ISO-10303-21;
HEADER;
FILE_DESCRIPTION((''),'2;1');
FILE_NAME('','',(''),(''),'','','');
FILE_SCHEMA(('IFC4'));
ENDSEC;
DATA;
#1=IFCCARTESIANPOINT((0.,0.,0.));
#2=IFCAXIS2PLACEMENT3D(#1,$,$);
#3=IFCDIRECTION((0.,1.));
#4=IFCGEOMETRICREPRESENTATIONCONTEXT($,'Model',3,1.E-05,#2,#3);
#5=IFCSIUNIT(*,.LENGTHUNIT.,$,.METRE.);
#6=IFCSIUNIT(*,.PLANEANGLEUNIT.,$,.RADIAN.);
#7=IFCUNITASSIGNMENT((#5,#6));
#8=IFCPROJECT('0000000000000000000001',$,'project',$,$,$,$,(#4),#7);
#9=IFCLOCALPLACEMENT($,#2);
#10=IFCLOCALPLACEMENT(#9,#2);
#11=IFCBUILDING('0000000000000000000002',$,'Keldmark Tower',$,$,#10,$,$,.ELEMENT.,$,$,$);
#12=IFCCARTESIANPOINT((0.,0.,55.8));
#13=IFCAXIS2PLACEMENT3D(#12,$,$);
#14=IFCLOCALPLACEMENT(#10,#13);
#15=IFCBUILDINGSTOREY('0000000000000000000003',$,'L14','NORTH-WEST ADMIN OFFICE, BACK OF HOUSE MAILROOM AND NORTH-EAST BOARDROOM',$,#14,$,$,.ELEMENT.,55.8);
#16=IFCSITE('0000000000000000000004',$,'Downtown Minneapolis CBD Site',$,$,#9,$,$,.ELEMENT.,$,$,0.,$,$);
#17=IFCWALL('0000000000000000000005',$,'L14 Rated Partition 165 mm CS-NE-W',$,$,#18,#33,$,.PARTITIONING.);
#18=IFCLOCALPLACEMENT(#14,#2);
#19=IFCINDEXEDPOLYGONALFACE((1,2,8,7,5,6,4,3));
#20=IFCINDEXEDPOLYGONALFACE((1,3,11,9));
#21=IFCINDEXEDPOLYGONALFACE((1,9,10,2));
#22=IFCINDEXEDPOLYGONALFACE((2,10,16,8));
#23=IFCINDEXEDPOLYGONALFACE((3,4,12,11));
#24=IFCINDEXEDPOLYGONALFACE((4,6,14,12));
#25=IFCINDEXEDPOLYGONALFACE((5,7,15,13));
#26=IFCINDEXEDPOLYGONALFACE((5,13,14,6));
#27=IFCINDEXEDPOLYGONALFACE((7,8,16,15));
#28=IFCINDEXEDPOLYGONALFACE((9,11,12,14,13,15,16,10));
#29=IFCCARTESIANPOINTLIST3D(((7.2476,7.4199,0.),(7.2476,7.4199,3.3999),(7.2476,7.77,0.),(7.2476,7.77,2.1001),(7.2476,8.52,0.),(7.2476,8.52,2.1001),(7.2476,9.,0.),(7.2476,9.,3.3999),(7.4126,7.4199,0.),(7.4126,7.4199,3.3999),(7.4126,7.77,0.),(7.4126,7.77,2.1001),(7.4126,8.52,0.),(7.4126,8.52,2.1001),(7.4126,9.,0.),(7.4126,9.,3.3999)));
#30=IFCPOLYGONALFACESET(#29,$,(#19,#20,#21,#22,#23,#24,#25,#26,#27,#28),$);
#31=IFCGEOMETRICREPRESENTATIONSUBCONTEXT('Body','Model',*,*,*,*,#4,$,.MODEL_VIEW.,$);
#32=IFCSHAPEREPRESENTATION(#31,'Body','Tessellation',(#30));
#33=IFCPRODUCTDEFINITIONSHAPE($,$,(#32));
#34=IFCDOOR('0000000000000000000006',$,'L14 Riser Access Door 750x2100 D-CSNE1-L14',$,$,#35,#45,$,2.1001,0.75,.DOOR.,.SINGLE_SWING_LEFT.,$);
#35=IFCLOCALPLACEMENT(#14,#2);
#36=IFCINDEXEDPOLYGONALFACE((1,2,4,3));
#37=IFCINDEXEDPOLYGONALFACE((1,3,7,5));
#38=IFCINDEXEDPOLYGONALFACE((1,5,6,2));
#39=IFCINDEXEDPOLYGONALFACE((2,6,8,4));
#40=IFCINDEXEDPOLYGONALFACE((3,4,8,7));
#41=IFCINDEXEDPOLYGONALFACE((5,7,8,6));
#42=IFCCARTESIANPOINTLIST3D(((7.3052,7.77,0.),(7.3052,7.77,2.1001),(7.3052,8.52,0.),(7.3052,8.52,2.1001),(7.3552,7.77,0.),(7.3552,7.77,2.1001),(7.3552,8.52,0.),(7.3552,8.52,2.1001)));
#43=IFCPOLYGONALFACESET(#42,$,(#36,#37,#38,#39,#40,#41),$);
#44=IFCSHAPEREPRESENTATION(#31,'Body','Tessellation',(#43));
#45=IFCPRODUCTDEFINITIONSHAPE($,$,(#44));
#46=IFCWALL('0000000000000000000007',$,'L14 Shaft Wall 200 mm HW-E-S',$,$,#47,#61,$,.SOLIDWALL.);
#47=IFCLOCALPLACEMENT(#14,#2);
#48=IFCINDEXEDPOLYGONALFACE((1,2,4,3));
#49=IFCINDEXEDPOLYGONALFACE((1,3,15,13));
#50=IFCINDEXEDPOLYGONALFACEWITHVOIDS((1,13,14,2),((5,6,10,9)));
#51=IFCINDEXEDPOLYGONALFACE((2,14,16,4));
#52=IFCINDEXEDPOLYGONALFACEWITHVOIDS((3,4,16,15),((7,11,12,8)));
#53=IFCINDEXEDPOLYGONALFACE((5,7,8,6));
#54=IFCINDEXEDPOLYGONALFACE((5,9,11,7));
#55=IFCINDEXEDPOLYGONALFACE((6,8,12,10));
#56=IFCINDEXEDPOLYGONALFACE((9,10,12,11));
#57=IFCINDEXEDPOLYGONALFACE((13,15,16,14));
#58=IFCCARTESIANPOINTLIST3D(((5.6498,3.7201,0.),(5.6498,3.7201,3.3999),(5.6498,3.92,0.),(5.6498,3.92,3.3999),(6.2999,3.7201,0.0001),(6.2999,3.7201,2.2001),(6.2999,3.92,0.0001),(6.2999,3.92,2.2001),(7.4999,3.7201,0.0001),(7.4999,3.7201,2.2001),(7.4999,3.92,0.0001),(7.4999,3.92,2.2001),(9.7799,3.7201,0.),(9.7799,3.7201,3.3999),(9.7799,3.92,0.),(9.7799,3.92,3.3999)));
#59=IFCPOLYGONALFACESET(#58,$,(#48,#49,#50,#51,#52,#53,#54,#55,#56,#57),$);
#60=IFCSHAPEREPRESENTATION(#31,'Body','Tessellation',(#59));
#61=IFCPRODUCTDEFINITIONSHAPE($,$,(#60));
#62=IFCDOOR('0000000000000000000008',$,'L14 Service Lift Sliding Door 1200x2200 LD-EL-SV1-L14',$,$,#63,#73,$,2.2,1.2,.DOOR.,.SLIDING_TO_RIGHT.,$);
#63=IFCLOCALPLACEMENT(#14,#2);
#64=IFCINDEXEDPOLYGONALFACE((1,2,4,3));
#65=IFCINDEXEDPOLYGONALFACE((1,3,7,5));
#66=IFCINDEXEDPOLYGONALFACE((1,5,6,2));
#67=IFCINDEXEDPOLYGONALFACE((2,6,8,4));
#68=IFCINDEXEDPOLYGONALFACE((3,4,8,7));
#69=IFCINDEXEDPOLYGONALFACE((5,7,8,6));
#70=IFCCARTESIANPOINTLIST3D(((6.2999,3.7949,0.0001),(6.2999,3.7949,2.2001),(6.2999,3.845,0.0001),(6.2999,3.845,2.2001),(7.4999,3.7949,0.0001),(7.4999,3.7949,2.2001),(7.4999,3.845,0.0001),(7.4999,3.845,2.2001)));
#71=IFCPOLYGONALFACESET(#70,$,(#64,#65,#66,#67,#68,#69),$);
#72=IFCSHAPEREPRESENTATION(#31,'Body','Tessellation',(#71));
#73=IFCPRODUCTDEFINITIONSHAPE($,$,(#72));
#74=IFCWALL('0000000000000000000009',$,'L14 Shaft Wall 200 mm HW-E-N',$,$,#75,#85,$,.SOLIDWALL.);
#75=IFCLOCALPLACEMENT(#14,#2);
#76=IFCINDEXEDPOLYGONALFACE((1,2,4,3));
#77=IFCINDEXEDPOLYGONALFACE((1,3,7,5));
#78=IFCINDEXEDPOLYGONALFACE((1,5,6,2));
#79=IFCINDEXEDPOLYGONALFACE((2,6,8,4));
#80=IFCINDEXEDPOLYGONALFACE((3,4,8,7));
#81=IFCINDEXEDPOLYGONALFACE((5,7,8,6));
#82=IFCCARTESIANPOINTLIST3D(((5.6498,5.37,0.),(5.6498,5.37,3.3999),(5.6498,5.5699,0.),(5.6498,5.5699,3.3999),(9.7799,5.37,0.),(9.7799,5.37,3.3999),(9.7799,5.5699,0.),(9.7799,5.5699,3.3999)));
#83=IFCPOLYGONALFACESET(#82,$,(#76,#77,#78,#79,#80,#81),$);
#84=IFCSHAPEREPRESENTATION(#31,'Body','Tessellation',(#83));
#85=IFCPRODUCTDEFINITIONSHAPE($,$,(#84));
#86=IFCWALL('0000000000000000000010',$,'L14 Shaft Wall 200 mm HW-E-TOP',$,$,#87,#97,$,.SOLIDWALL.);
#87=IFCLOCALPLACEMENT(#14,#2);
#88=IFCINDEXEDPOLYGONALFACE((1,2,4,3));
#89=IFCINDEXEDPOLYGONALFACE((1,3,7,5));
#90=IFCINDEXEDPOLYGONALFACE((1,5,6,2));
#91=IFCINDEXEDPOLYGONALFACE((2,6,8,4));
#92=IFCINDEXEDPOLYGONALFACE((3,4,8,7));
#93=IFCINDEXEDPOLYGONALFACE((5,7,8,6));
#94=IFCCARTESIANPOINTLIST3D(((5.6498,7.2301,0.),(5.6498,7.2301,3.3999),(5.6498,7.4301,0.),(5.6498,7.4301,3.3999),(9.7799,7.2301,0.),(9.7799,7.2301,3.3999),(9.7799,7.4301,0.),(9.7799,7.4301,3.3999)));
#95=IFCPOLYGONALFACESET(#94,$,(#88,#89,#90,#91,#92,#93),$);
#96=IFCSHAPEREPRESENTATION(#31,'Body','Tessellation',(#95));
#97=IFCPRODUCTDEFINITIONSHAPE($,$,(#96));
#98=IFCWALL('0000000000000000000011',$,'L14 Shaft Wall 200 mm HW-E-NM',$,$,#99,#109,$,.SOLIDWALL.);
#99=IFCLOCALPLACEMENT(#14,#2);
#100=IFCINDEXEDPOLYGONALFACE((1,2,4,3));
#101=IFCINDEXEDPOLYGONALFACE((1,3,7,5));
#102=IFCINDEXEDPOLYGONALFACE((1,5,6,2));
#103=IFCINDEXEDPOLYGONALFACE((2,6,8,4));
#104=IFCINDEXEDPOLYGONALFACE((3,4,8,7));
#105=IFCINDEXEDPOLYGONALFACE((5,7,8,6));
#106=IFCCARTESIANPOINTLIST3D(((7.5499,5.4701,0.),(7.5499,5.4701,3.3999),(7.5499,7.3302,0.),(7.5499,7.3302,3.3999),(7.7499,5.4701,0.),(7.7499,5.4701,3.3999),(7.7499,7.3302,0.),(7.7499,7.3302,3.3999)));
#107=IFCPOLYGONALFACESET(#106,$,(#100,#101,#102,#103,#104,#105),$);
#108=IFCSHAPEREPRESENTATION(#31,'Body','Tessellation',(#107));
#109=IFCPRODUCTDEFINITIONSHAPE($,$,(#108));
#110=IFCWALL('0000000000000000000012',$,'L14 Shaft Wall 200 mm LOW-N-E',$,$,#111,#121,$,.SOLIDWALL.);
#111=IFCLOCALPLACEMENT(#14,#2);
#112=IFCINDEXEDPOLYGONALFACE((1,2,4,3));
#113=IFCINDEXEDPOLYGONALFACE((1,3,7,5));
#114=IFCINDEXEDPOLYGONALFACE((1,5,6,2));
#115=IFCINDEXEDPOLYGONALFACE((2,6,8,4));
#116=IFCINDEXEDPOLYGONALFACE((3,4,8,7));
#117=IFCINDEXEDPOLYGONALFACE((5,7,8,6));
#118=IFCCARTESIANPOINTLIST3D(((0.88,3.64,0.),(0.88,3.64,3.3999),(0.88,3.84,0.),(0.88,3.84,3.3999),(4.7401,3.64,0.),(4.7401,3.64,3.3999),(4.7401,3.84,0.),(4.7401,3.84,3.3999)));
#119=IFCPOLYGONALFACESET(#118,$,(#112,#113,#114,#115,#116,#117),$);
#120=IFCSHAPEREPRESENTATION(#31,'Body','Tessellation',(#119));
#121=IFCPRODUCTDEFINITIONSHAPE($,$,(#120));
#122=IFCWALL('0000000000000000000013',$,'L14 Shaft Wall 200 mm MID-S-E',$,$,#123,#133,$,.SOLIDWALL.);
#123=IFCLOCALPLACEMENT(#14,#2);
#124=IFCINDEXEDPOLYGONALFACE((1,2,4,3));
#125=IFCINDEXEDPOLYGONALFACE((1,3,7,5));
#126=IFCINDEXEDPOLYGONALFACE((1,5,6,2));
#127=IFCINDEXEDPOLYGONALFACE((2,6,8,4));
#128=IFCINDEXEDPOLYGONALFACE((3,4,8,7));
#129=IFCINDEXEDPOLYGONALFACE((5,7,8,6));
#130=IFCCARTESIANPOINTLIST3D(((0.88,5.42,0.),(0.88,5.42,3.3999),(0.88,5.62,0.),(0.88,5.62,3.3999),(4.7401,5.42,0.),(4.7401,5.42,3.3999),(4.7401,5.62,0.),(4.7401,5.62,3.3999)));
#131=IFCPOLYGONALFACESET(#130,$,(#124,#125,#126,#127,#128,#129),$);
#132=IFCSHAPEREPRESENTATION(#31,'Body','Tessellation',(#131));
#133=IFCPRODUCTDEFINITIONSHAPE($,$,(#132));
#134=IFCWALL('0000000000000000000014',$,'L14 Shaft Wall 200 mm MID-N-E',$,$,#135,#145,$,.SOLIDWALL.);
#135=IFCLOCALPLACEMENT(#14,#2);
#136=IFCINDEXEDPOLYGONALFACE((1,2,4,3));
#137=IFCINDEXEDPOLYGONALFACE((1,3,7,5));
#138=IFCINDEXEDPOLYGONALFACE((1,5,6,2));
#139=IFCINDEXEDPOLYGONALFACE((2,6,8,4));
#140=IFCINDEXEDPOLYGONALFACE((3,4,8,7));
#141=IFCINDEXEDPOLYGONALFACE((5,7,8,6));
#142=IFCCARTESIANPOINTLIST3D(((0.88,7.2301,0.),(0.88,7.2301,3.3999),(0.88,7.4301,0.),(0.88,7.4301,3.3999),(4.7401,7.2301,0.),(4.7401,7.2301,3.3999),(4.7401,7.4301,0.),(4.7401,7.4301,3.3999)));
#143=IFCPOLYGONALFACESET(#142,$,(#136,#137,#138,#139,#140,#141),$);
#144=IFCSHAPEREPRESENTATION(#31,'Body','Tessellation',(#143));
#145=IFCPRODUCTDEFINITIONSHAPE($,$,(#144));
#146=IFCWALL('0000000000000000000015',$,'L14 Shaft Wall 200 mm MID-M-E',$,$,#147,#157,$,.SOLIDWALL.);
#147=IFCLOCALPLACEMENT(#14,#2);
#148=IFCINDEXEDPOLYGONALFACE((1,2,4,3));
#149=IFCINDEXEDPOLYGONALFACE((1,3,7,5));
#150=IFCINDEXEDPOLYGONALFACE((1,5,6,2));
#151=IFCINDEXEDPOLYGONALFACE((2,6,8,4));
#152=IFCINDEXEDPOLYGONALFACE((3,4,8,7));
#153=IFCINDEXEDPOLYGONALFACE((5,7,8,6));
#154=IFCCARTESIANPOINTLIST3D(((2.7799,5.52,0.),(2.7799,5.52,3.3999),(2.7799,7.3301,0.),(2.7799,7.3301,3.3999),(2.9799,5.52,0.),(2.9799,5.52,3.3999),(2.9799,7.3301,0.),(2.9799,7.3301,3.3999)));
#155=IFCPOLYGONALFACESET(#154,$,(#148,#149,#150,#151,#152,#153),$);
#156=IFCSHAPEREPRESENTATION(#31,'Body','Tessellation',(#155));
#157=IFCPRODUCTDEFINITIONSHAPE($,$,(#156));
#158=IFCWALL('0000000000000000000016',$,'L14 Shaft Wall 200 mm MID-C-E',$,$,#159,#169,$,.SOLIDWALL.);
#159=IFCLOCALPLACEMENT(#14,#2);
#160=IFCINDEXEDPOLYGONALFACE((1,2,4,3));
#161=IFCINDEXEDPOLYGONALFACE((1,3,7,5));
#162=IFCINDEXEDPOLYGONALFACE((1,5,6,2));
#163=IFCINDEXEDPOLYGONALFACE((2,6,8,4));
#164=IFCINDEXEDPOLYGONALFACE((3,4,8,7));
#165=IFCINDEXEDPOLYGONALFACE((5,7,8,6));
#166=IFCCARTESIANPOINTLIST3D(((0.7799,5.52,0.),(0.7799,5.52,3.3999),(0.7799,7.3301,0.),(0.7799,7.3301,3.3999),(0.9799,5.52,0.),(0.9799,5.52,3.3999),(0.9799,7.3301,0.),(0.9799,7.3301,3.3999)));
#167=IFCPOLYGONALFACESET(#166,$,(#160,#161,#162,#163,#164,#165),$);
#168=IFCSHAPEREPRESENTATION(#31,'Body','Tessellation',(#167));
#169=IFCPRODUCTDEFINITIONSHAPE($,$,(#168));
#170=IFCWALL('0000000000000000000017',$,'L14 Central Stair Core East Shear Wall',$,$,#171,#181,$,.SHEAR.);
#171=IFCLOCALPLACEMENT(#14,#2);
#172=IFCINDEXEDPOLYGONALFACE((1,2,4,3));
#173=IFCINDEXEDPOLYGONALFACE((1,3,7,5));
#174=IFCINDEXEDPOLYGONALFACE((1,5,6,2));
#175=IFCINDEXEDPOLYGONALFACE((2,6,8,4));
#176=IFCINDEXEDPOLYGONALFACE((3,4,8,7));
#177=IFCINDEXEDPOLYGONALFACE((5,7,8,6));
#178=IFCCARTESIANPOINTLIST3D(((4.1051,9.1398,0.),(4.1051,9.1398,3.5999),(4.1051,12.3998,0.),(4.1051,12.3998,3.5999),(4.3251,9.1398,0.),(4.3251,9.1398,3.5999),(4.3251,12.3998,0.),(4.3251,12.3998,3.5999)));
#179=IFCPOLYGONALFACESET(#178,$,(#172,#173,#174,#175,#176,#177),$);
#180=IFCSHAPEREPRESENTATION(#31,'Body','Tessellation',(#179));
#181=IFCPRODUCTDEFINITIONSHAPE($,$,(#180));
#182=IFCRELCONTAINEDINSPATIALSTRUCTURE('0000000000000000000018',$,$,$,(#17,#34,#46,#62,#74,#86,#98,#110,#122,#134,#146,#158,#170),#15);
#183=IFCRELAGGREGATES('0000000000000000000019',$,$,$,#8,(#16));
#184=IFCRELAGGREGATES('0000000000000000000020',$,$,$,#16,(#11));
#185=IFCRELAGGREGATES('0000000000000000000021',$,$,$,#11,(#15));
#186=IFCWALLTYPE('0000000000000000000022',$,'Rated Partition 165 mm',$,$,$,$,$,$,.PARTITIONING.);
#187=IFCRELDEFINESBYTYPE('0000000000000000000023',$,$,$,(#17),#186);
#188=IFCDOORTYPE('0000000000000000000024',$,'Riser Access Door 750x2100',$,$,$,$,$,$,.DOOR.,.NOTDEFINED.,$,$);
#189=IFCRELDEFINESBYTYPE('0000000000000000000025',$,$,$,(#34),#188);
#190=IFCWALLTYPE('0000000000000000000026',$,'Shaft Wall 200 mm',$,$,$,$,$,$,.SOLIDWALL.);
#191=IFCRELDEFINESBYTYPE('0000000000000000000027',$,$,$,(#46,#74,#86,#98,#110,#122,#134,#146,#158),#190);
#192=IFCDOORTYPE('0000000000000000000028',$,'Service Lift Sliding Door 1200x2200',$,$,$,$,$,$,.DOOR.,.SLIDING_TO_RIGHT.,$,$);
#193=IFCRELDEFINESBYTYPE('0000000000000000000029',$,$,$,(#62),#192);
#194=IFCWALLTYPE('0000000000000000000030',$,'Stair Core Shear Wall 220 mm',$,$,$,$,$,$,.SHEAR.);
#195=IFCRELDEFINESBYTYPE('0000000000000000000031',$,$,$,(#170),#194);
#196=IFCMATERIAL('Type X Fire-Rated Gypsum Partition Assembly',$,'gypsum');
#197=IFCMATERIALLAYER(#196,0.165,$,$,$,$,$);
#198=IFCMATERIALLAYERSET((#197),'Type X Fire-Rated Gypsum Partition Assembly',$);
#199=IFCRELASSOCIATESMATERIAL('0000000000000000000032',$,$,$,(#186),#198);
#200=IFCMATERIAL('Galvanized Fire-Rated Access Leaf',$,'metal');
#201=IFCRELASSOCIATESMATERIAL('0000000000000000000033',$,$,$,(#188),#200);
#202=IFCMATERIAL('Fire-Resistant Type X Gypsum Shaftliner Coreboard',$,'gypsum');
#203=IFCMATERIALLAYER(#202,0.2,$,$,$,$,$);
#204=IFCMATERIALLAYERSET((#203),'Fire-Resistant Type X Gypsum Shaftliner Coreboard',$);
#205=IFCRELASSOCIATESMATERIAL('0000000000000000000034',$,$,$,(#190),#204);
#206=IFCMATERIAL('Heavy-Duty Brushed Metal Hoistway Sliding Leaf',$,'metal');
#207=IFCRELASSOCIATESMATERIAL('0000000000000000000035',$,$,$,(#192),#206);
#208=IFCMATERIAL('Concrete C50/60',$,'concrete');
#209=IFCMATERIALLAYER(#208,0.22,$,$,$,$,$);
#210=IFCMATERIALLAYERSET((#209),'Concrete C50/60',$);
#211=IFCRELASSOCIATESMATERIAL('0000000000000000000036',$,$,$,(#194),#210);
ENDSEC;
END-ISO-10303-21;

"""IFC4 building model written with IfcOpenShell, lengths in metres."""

from ifc_helpers import new_model, si_unit, direction, frame, frame_2d, origin, place, context, subcontext, project, spatial, rectangle, extrude, material, layer, layer_set, type_object, element, fill, save


model = new_model("IFC4")

# Units and contexts
model_context = context("Model", 3, precision=1e-05, world=origin(), true_north=direction((0.0, 1.0)))
body_context = subcontext(model_context, "Body", "Model", "MODEL_VIEW")
ifc_project = project(units=[si_unit("LENGTHUNIT", "METRE"), si_unit("PLANEANGLEUNIT", "RADIAN")], contexts=[model_context])

# Site, building, storey
site_placement = place(None, origin())
site = spatial("IfcSite", under=ifc_project, at=site_placement, Name="Downtown Minneapolis CBD Site", CompositionType="ELEMENT", RefElevation=0.0)
building_placement = place(site_placement, origin())
building = spatial("IfcBuilding", under=site, at=building_placement, Name="Keldmark Tower", CompositionType="ELEMENT")
storey_placement = place(building_placement, frame((0.0, 0.0, 55.8)))
storey = spatial("IfcBuildingStorey", under=building, at=storey_placement, Name="L14", Description="NORTH-WEST ADMIN OFFICE, BACK OF HOUSE MAILROOM AND NORTH-EAST BOARDROOM", CompositionType="ELEMENT", Elevation=55.8)

# Walls, openings, doors
ifc_material_1 = material(Name="Type X Fire-Rated Gypsum Partition Assembly", Category="gypsum")
ifc_layer_1 = layer(ifc_material_1, 0.165)
ifc_layer_set_1 = layer_set([ifc_layer_1], Name="Type X Fire-Rated Gypsum Partition Assembly")
wall_type_1 = type_object("IfcWallType", Name="Rated Partition 165 mm", PredefinedType="PARTITIONING", material=ifc_layer_set_1)
wall_1_placement = place(storey_placement, frame((7.3301, 7.4199, 0.0), z_axis=(0.0, 0.0, 1.0), x_axis=(0.0, 1.0, 0.0)))
wall_1 = element("IfcWall", 1, at=wall_1_placement, inside=storey, type_object=wall_type_1, Name="L14 Rated Partition 165 mm CS-NE-W", PredefinedType="PARTITIONING", context=body_context, shape_type="SweptSolid", body=[
    extrude(rectangle(XDim=1.5801, YDim=0.165, at=frame_2d((0.79, 0.0))), origin(), (0.0, 0.0, 1.0), 3.3999),
])
opening_1_placement = place(wall_1_placement, frame((0.3501, 0.0, 0.0)))
opening_1 = element("IfcOpeningElement", 2, at=opening_1_placement, cuts=wall_1, PredefinedType="OPENING", context=body_context, shape_type="SweptSolid", body=[
    extrude(rectangle(XDim=0.75, YDim=2.1001, at=frame_2d((0.375, 1.05))), frame((0.0, 0.0925, 0.0), z_axis=(0.0, -1.0, 0.0), x_axis=(1.0, 0.0, 0.0)), (0.0, 0.0, 1.0), 0.1851),
])
ifc_material_2 = material(Name="Galvanized Fire-Rated Access Leaf", Category="metal")
door_type_1 = type_object("IfcDoorType", Name="Riser Access Door 750x2100", OperationType="NOTDEFINED", PredefinedType="DOOR", material=ifc_material_2)
door_1_placement = place(opening_1_placement, origin())
door_1 = element("IfcDoor", 3, at=door_1_placement, inside=storey, type_object=door_type_1, Name="L14 Riser Access Door 750x2100 D-CSNE1-L14", OperationType="SINGLE_SWING_LEFT", OverallHeight=2.1001, OverallWidth=0.75, PredefinedType="DOOR", context=body_context, shape_type="SweptSolid", body=[
    extrude(rectangle(XDim=0.75, YDim=2.1001, at=frame_2d((0.375, 1.05))), frame((0.0, 0.0249, 0.0), z_axis=(0.0, -1.0, 0.0), x_axis=(1.0, 0.0, 0.0)), (0.0, 0.0, 1.0), 0.05),
])
fill(opening_1, door_1)
ifc_material_3 = material(Name="Fire-Resistant Type X Gypsum Shaftliner Coreboard", Category="gypsum")
ifc_layer_2 = layer(ifc_material_3, 0.2)
ifc_layer_set_2 = layer_set([ifc_layer_2], Name="Fire-Resistant Type X Gypsum Shaftliner Coreboard")
wall_type_2 = type_object("IfcWallType", Name="Shaft Wall 200 mm", PredefinedType="SOLIDWALL", material=ifc_layer_set_2)
wall_2_placement = place(storey_placement, frame((5.6499, 3.8201, 0.0), z_axis=(0.0, 0.0, 1.0), x_axis=(1.0, 0.0, 0.0)))
wall_2 = element("IfcWall", 4, at=wall_2_placement, inside=storey, type_object=wall_type_2, Name="L14 Shaft Wall 200 mm HW-E-S", PredefinedType="SOLIDWALL", context=body_context, shape_type="SweptSolid", body=[
    extrude(rectangle(XDim=4.1301, YDim=0.2, at=frame_2d((2.0649, 0.0))), origin(), (0.0, 0.0, 1.0), 3.3999),
])
opening_2_placement = place(wall_2_placement, frame((0.6499, 0.0, 0.0)))
opening_2 = element("IfcOpeningElement", 5, at=opening_2_placement, cuts=wall_2, PredefinedType="OPENING", context=body_context, shape_type="SweptSolid", body=[
    extrude(rectangle(XDim=1.2, YDim=2.2, at=frame_2d((0.6001, 1.1001))), frame((0.0, 0.1099, 0.0), z_axis=(0.0, -1.0, 0.0), x_axis=(1.0, 0.0, 0.0)), (0.0, 0.0, 1.0), 0.22),
])
ifc_material_4 = material(Name="Heavy-Duty Brushed Metal Hoistway Sliding Leaf", Category="metal")
door_type_2 = type_object("IfcDoorType", Name="Service Lift Sliding Door 1200x2200", OperationType="SLIDING_TO_RIGHT", PredefinedType="DOOR", material=ifc_material_4)
door_2_placement = place(opening_2_placement, origin())
door_2 = element("IfcDoor", 6, at=door_2_placement, inside=storey, type_object=door_type_2, Name="L14 Service Lift Sliding Door 1200x2200 LD-EL-SV1-L14", OperationType="SLIDING_TO_RIGHT", OverallHeight=2.2, OverallWidth=1.2, PredefinedType="DOOR", context=body_context, shape_type="SweptSolid", body=[
    extrude(rectangle(XDim=1.2, YDim=2.2, at=frame_2d((0.6001, 1.1001))), frame((0.0, 0.0249, 0.0), z_axis=(0.0, -1.0, 0.0), x_axis=(1.0, 0.0, 0.0)), (0.0, 0.0, 1.0), 0.05),
])
fill(opening_2, door_2)

# Walls
for number, where, z_axis, x_axis, name in (
    (7, (5.6499, 5.47, 0.0), (0.0, 0.0, 1.0), (1.0, 0.0, 0.0), "L14 Shaft Wall 200 mm HW-E-N"),
    (8, (5.6499, 7.3301, 0.0), (0.0, 0.0, 1.0), (1.0, 0.0, 0.0), "L14 Shaft Wall 200 mm HW-E-TOP"),
):
    element("IfcWall", number, at=place(storey_placement, frame(where, z_axis=z_axis, x_axis=x_axis)), inside=storey, type_object=wall_type_2, Name=name, PredefinedType="SOLIDWALL", context=body_context, shape_type="SweptSolid", body=[
        extrude(rectangle(XDim=4.1301, YDim=0.2, at=frame_2d((2.0649, 0.0))), origin(), (0.0, 0.0, 1.0), 3.3999),
    ])
wall_3_placement = place(storey_placement, frame((7.6499, 5.47, 0.0), z_axis=(0.0, 0.0, 1.0), x_axis=(0.0, 1.0, 0.0)))
element("IfcWall", 9, at=wall_3_placement, inside=storey, type_object=wall_type_2, Name="L14 Shaft Wall 200 mm HW-E-NM", PredefinedType="SOLIDWALL", context=body_context, shape_type="SweptSolid", body=[
    extrude(rectangle(XDim=1.8601, YDim=0.2, at=frame_2d((0.9302, 0.0))), origin(), (0.0, 0.0, 1.0), 3.3999),
])
for number, where, z_axis, x_axis, name in (
    (10, (0.8799, 3.74, 0.0), (0.0, 0.0, 1.0), (1.0, 0.0, 0.0), "L14 Shaft Wall 200 mm LOW-N-E"),
    (11, (0.8799, 5.52, 0.0), (0.0, 0.0, 1.0), (1.0, 0.0, 0.0), "L14 Shaft Wall 200 mm MID-S-E"),
    (12, (0.8799, 7.3301, 0.0), (0.0, 0.0, 1.0), (1.0, 0.0, 0.0), "L14 Shaft Wall 200 mm MID-N-E"),
):
    element("IfcWall", number, at=place(storey_placement, frame(where, z_axis=z_axis, x_axis=x_axis)), inside=storey, type_object=wall_type_2, Name=name, PredefinedType="SOLIDWALL", context=body_context, shape_type="SweptSolid", body=[
        extrude(rectangle(XDim=3.8601, YDim=0.2, at=frame_2d((1.9302, 0.0))), origin(), (0.0, 0.0, 1.0), 3.3999),
    ])
for number, where, z_axis, x_axis, name in (
    (13, (2.8799, 5.52, 0.0), (0.0, 0.0, 1.0), (0.0, 1.0, 0.0), "L14 Shaft Wall 200 mm MID-M-E"),
    (14, (0.8799, 5.52, 0.0), (0.0, 0.0, 1.0), (0.0, 1.0, 0.0), "L14 Shaft Wall 200 mm MID-C-E"),
):
    element("IfcWall", number, at=place(storey_placement, frame(where, z_axis=z_axis, x_axis=x_axis)), inside=storey, type_object=wall_type_2, Name=name, PredefinedType="SOLIDWALL", context=body_context, shape_type="SweptSolid", body=[
        extrude(rectangle(XDim=1.8101, YDim=0.2, at=frame_2d((0.905, 0.0))), origin(), (0.0, 0.0, 1.0), 3.3999),
    ])
ifc_material_5 = material(Name="Concrete C50/60", Category="concrete")
ifc_layer_3 = layer(ifc_material_5, 0.22)
ifc_layer_set_3 = layer_set([ifc_layer_3], Name="Concrete C50/60")
wall_type_3 = type_object("IfcWallType", Name="Stair Core Shear Wall 220 mm", PredefinedType="SHEAR", material=ifc_layer_set_3)
wall_4_placement = place(storey_placement, frame((4.2151, 9.1399, 0.0), z_axis=(0.0, 0.0, 1.0), x_axis=(0.0, 1.0, 0.0)))
element("IfcWall", 15, at=wall_4_placement, inside=storey, type_object=wall_type_3, Name="L14 Central Stair Core East Shear Wall", PredefinedType="SHEAR", context=body_context, shape_type="SweptSolid", body=[
    extrude(rectangle(XDim=3.26, YDim=0.22, at=frame_2d((1.6299, 0.0))), origin(), (0.0, 0.0, 1.0), 3.5999),
])

save(model, "model.ifc")
